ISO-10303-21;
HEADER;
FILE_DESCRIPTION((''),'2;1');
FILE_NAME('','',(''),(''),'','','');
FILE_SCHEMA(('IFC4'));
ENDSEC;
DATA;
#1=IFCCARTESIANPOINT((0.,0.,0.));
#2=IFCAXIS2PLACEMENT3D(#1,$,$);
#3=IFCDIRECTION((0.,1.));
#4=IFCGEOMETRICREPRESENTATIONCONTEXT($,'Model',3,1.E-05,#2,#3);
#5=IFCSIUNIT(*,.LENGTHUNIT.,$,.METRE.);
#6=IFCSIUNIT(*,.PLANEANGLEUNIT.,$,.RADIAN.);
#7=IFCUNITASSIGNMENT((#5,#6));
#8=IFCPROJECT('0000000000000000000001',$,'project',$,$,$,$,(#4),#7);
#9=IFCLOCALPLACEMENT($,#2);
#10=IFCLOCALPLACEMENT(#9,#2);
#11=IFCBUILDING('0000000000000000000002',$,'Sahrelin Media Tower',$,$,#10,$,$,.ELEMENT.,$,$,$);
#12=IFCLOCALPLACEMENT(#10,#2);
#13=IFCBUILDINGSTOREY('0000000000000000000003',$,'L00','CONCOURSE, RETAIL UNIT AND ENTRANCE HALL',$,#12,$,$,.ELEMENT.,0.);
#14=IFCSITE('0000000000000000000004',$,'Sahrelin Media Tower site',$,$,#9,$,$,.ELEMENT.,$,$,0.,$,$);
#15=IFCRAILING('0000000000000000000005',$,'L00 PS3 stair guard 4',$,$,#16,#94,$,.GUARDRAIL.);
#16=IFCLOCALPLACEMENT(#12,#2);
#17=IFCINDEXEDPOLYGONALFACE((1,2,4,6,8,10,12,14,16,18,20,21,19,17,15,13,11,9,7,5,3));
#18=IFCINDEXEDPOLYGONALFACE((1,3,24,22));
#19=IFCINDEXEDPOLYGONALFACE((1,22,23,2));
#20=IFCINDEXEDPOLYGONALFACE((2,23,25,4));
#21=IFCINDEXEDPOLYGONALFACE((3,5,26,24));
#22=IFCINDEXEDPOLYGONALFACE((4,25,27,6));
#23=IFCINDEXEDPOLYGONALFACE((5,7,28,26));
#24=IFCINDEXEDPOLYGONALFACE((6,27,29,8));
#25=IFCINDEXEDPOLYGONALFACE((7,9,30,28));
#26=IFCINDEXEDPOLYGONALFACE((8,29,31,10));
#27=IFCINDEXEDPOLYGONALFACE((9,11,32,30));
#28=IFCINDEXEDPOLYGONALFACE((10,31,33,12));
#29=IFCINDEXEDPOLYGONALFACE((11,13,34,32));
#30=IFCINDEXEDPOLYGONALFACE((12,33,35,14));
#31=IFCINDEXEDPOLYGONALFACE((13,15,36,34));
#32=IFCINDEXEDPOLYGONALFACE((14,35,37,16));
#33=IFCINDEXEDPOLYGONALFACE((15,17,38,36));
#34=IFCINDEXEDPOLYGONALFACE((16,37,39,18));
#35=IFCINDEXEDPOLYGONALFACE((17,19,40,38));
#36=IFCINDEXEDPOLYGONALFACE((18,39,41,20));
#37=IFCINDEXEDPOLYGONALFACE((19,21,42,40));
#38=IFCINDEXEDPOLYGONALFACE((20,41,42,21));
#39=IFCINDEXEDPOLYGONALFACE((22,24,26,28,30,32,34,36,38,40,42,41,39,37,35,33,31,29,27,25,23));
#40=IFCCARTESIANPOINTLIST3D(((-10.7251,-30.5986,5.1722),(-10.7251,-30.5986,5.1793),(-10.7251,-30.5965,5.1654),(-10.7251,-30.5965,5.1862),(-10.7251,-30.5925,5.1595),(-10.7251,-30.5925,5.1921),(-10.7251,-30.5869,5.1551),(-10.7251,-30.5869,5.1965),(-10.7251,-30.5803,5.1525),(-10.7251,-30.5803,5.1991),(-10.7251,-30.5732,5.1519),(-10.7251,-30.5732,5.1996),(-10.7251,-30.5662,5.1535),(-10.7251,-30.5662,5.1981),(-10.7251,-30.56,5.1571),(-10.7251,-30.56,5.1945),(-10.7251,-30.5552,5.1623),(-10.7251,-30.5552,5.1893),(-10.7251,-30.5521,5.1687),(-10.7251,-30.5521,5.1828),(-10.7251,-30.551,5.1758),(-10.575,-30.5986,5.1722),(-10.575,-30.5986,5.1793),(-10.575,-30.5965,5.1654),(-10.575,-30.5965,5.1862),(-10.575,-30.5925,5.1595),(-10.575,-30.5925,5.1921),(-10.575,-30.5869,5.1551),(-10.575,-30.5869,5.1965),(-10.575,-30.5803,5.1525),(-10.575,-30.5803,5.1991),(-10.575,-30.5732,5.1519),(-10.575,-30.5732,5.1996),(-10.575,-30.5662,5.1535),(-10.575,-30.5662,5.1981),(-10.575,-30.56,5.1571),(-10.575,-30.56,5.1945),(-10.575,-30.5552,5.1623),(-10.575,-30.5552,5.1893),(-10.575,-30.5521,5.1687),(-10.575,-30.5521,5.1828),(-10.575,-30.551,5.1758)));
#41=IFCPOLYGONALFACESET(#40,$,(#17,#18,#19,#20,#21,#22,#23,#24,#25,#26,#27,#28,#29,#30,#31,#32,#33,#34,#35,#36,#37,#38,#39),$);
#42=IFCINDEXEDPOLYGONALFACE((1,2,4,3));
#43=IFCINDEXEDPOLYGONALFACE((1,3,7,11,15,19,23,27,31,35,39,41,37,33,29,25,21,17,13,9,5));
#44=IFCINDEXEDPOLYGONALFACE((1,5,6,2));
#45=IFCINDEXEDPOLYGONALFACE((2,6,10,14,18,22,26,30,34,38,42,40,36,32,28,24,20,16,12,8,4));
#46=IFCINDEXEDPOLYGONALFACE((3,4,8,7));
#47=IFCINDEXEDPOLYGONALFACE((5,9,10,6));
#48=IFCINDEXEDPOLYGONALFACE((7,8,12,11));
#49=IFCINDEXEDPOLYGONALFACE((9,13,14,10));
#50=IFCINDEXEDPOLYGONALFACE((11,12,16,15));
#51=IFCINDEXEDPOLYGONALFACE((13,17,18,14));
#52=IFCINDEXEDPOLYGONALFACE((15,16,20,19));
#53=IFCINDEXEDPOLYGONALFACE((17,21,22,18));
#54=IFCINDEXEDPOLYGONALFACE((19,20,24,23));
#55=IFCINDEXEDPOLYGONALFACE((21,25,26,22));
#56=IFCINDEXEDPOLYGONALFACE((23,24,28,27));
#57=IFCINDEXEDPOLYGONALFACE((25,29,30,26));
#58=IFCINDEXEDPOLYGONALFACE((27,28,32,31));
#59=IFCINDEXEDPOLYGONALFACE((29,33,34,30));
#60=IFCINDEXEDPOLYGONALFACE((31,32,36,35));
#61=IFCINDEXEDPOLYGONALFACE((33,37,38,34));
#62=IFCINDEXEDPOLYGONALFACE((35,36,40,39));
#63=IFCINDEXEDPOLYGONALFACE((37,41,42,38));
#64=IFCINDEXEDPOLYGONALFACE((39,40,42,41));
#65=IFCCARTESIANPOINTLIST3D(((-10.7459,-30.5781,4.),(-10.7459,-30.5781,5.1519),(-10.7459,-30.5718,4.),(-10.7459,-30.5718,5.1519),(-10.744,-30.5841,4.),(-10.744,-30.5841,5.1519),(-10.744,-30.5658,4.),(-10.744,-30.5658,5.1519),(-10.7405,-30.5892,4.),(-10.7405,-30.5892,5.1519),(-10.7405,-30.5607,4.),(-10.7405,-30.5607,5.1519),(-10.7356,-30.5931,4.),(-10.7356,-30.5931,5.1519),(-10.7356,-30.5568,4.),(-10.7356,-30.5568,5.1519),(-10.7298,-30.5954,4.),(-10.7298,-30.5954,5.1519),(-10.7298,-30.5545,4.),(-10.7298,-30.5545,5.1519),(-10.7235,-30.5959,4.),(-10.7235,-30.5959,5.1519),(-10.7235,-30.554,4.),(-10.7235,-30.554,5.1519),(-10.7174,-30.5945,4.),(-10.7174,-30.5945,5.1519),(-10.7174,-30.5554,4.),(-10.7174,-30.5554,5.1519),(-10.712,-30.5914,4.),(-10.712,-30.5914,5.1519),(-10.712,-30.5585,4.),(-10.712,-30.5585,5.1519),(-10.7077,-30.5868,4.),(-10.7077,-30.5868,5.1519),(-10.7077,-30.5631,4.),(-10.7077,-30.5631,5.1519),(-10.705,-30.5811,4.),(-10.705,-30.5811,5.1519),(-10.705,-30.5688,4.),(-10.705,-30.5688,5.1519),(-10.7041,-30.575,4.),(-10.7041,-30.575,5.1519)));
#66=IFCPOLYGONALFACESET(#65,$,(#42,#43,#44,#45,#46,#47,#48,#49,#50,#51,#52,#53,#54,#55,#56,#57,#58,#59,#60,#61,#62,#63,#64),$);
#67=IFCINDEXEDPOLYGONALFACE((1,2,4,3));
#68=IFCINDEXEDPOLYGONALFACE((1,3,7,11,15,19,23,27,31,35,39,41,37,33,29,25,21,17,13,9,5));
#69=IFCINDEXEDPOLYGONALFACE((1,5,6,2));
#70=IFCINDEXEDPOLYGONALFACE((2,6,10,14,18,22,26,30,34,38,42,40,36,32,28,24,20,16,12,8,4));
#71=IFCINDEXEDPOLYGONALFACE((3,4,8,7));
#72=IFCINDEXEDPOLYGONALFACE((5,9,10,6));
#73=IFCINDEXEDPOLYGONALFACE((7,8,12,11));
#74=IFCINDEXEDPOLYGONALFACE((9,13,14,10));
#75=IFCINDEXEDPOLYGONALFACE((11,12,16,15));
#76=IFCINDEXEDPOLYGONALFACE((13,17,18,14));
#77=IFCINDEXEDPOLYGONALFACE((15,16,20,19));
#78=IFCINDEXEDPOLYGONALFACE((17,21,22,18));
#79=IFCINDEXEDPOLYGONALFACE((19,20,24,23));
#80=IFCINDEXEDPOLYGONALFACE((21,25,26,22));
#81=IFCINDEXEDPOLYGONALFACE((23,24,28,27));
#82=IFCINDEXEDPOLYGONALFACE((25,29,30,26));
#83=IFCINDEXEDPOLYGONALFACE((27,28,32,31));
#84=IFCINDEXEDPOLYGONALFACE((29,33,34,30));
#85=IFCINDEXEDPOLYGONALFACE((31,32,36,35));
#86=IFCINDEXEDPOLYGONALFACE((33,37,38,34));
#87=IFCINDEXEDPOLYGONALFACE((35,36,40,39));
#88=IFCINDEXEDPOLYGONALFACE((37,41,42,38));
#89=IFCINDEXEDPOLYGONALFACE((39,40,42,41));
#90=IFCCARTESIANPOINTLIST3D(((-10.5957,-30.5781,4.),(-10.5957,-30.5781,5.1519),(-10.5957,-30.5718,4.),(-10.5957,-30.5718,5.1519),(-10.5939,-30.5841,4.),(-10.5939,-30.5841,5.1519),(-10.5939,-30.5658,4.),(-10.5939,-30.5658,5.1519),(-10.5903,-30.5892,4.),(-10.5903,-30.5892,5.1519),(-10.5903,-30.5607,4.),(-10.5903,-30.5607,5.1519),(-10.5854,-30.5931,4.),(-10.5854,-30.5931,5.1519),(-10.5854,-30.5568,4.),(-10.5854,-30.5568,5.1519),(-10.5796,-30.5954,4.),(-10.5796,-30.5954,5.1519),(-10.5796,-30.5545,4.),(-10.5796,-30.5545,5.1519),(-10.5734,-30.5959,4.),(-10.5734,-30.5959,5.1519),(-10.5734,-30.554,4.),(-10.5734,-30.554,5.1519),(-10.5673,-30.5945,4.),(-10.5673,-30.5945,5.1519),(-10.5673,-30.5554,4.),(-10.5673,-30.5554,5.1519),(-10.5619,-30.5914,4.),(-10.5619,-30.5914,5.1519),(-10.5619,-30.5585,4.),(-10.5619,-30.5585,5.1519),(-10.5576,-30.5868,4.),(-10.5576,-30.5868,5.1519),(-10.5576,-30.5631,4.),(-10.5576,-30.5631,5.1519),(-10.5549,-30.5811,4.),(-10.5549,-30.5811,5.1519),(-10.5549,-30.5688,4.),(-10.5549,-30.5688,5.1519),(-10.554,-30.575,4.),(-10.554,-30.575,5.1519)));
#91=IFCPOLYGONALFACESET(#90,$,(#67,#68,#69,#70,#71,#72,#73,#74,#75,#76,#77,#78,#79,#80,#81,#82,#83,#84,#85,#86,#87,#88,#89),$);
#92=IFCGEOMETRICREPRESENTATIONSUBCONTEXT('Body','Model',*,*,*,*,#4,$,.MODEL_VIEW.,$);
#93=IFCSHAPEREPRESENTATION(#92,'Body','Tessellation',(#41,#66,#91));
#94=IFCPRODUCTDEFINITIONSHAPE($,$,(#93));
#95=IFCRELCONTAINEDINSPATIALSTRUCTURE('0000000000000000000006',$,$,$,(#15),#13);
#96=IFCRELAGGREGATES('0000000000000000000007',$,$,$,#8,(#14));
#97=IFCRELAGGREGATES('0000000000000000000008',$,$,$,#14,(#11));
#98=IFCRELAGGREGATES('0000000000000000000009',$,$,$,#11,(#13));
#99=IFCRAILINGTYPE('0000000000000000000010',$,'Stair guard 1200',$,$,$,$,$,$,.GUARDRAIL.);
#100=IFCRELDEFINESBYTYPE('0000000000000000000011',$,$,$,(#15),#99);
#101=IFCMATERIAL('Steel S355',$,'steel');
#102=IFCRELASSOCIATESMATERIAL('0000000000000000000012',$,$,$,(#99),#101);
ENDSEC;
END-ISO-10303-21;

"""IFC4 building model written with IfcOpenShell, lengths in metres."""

from ifc_helpers import new_model, si_unit, direction, frame, origin, origin_2d, place, context, subcontext, project, spatial, circle, extrude, material, type_object, element, save


model = new_model("IFC4")

# Units and contexts
model_context = context("Model", 3, precision=1e-05, world=origin(), true_north=direction((0.0, 1.0)))
body_context = subcontext(model_context, "Body", "Model", "MODEL_VIEW")
ifc_project = project(units=[si_unit("LENGTHUNIT", "METRE"), si_unit("PLANEANGLEUNIT", "RADIAN")], contexts=[model_context])

# Site, building, storey
site_placement = place(None, origin())
site = spatial("IfcSite", under=ifc_project, at=site_placement, Name="Sahrelin Media Tower site", CompositionType="ELEMENT", RefElevation=0.0)
building_placement = place(site_placement, origin())
building = spatial("IfcBuilding", under=site, at=building_placement, Name="Sahrelin Media Tower", CompositionType="ELEMENT")
storey_placement = place(building_placement, origin())
storey = spatial("IfcBuildingStorey", under=building, at=storey_placement, Name="L00", Description="CONCOURSE, RETAIL UNIT AND ENTRANCE HALL", CompositionType="ELEMENT", Elevation=0.0)

# Shared definitions
ifc_material_1 = material(Name="Steel S355", Category="steel")

# Railing
railing_type_1 = type_object("IfcRailingType", Name="Stair guard 1200", PredefinedType="GUARDRAIL", material=ifc_material_1)
railing_1_placement = place(storey_placement, frame((-10.7251, -30.575, 4.0)))
element("IfcRailing", 1, at=railing_1_placement, inside=storey, type_object=railing_type_1, Name="L00 PS3 stair guard 4", PredefinedType="GUARDRAIL", context=body_context, shape_type="SweptSolid", body=[
    extrude(circle(Radius=0.0239, at=origin_2d()), frame((0.0, 0.0, 1.1758), z_axis=(1.0, 0.0, 0.0), x_axis=(0.0, 1.0, 0.0)), (0.0, 0.0, 1.0), 0.1501),
    extrude(circle(Radius=0.021, at=origin_2d()), origin(), (0.0, 0.0, 1.0), 1.1519),
    extrude(circle(Radius=0.021, at=origin_2d()), frame((0.1501, 0.0, 0.0)), (0.0, 0.0, 1.0), 1.1519),
])

save(model, "model.ifc")
